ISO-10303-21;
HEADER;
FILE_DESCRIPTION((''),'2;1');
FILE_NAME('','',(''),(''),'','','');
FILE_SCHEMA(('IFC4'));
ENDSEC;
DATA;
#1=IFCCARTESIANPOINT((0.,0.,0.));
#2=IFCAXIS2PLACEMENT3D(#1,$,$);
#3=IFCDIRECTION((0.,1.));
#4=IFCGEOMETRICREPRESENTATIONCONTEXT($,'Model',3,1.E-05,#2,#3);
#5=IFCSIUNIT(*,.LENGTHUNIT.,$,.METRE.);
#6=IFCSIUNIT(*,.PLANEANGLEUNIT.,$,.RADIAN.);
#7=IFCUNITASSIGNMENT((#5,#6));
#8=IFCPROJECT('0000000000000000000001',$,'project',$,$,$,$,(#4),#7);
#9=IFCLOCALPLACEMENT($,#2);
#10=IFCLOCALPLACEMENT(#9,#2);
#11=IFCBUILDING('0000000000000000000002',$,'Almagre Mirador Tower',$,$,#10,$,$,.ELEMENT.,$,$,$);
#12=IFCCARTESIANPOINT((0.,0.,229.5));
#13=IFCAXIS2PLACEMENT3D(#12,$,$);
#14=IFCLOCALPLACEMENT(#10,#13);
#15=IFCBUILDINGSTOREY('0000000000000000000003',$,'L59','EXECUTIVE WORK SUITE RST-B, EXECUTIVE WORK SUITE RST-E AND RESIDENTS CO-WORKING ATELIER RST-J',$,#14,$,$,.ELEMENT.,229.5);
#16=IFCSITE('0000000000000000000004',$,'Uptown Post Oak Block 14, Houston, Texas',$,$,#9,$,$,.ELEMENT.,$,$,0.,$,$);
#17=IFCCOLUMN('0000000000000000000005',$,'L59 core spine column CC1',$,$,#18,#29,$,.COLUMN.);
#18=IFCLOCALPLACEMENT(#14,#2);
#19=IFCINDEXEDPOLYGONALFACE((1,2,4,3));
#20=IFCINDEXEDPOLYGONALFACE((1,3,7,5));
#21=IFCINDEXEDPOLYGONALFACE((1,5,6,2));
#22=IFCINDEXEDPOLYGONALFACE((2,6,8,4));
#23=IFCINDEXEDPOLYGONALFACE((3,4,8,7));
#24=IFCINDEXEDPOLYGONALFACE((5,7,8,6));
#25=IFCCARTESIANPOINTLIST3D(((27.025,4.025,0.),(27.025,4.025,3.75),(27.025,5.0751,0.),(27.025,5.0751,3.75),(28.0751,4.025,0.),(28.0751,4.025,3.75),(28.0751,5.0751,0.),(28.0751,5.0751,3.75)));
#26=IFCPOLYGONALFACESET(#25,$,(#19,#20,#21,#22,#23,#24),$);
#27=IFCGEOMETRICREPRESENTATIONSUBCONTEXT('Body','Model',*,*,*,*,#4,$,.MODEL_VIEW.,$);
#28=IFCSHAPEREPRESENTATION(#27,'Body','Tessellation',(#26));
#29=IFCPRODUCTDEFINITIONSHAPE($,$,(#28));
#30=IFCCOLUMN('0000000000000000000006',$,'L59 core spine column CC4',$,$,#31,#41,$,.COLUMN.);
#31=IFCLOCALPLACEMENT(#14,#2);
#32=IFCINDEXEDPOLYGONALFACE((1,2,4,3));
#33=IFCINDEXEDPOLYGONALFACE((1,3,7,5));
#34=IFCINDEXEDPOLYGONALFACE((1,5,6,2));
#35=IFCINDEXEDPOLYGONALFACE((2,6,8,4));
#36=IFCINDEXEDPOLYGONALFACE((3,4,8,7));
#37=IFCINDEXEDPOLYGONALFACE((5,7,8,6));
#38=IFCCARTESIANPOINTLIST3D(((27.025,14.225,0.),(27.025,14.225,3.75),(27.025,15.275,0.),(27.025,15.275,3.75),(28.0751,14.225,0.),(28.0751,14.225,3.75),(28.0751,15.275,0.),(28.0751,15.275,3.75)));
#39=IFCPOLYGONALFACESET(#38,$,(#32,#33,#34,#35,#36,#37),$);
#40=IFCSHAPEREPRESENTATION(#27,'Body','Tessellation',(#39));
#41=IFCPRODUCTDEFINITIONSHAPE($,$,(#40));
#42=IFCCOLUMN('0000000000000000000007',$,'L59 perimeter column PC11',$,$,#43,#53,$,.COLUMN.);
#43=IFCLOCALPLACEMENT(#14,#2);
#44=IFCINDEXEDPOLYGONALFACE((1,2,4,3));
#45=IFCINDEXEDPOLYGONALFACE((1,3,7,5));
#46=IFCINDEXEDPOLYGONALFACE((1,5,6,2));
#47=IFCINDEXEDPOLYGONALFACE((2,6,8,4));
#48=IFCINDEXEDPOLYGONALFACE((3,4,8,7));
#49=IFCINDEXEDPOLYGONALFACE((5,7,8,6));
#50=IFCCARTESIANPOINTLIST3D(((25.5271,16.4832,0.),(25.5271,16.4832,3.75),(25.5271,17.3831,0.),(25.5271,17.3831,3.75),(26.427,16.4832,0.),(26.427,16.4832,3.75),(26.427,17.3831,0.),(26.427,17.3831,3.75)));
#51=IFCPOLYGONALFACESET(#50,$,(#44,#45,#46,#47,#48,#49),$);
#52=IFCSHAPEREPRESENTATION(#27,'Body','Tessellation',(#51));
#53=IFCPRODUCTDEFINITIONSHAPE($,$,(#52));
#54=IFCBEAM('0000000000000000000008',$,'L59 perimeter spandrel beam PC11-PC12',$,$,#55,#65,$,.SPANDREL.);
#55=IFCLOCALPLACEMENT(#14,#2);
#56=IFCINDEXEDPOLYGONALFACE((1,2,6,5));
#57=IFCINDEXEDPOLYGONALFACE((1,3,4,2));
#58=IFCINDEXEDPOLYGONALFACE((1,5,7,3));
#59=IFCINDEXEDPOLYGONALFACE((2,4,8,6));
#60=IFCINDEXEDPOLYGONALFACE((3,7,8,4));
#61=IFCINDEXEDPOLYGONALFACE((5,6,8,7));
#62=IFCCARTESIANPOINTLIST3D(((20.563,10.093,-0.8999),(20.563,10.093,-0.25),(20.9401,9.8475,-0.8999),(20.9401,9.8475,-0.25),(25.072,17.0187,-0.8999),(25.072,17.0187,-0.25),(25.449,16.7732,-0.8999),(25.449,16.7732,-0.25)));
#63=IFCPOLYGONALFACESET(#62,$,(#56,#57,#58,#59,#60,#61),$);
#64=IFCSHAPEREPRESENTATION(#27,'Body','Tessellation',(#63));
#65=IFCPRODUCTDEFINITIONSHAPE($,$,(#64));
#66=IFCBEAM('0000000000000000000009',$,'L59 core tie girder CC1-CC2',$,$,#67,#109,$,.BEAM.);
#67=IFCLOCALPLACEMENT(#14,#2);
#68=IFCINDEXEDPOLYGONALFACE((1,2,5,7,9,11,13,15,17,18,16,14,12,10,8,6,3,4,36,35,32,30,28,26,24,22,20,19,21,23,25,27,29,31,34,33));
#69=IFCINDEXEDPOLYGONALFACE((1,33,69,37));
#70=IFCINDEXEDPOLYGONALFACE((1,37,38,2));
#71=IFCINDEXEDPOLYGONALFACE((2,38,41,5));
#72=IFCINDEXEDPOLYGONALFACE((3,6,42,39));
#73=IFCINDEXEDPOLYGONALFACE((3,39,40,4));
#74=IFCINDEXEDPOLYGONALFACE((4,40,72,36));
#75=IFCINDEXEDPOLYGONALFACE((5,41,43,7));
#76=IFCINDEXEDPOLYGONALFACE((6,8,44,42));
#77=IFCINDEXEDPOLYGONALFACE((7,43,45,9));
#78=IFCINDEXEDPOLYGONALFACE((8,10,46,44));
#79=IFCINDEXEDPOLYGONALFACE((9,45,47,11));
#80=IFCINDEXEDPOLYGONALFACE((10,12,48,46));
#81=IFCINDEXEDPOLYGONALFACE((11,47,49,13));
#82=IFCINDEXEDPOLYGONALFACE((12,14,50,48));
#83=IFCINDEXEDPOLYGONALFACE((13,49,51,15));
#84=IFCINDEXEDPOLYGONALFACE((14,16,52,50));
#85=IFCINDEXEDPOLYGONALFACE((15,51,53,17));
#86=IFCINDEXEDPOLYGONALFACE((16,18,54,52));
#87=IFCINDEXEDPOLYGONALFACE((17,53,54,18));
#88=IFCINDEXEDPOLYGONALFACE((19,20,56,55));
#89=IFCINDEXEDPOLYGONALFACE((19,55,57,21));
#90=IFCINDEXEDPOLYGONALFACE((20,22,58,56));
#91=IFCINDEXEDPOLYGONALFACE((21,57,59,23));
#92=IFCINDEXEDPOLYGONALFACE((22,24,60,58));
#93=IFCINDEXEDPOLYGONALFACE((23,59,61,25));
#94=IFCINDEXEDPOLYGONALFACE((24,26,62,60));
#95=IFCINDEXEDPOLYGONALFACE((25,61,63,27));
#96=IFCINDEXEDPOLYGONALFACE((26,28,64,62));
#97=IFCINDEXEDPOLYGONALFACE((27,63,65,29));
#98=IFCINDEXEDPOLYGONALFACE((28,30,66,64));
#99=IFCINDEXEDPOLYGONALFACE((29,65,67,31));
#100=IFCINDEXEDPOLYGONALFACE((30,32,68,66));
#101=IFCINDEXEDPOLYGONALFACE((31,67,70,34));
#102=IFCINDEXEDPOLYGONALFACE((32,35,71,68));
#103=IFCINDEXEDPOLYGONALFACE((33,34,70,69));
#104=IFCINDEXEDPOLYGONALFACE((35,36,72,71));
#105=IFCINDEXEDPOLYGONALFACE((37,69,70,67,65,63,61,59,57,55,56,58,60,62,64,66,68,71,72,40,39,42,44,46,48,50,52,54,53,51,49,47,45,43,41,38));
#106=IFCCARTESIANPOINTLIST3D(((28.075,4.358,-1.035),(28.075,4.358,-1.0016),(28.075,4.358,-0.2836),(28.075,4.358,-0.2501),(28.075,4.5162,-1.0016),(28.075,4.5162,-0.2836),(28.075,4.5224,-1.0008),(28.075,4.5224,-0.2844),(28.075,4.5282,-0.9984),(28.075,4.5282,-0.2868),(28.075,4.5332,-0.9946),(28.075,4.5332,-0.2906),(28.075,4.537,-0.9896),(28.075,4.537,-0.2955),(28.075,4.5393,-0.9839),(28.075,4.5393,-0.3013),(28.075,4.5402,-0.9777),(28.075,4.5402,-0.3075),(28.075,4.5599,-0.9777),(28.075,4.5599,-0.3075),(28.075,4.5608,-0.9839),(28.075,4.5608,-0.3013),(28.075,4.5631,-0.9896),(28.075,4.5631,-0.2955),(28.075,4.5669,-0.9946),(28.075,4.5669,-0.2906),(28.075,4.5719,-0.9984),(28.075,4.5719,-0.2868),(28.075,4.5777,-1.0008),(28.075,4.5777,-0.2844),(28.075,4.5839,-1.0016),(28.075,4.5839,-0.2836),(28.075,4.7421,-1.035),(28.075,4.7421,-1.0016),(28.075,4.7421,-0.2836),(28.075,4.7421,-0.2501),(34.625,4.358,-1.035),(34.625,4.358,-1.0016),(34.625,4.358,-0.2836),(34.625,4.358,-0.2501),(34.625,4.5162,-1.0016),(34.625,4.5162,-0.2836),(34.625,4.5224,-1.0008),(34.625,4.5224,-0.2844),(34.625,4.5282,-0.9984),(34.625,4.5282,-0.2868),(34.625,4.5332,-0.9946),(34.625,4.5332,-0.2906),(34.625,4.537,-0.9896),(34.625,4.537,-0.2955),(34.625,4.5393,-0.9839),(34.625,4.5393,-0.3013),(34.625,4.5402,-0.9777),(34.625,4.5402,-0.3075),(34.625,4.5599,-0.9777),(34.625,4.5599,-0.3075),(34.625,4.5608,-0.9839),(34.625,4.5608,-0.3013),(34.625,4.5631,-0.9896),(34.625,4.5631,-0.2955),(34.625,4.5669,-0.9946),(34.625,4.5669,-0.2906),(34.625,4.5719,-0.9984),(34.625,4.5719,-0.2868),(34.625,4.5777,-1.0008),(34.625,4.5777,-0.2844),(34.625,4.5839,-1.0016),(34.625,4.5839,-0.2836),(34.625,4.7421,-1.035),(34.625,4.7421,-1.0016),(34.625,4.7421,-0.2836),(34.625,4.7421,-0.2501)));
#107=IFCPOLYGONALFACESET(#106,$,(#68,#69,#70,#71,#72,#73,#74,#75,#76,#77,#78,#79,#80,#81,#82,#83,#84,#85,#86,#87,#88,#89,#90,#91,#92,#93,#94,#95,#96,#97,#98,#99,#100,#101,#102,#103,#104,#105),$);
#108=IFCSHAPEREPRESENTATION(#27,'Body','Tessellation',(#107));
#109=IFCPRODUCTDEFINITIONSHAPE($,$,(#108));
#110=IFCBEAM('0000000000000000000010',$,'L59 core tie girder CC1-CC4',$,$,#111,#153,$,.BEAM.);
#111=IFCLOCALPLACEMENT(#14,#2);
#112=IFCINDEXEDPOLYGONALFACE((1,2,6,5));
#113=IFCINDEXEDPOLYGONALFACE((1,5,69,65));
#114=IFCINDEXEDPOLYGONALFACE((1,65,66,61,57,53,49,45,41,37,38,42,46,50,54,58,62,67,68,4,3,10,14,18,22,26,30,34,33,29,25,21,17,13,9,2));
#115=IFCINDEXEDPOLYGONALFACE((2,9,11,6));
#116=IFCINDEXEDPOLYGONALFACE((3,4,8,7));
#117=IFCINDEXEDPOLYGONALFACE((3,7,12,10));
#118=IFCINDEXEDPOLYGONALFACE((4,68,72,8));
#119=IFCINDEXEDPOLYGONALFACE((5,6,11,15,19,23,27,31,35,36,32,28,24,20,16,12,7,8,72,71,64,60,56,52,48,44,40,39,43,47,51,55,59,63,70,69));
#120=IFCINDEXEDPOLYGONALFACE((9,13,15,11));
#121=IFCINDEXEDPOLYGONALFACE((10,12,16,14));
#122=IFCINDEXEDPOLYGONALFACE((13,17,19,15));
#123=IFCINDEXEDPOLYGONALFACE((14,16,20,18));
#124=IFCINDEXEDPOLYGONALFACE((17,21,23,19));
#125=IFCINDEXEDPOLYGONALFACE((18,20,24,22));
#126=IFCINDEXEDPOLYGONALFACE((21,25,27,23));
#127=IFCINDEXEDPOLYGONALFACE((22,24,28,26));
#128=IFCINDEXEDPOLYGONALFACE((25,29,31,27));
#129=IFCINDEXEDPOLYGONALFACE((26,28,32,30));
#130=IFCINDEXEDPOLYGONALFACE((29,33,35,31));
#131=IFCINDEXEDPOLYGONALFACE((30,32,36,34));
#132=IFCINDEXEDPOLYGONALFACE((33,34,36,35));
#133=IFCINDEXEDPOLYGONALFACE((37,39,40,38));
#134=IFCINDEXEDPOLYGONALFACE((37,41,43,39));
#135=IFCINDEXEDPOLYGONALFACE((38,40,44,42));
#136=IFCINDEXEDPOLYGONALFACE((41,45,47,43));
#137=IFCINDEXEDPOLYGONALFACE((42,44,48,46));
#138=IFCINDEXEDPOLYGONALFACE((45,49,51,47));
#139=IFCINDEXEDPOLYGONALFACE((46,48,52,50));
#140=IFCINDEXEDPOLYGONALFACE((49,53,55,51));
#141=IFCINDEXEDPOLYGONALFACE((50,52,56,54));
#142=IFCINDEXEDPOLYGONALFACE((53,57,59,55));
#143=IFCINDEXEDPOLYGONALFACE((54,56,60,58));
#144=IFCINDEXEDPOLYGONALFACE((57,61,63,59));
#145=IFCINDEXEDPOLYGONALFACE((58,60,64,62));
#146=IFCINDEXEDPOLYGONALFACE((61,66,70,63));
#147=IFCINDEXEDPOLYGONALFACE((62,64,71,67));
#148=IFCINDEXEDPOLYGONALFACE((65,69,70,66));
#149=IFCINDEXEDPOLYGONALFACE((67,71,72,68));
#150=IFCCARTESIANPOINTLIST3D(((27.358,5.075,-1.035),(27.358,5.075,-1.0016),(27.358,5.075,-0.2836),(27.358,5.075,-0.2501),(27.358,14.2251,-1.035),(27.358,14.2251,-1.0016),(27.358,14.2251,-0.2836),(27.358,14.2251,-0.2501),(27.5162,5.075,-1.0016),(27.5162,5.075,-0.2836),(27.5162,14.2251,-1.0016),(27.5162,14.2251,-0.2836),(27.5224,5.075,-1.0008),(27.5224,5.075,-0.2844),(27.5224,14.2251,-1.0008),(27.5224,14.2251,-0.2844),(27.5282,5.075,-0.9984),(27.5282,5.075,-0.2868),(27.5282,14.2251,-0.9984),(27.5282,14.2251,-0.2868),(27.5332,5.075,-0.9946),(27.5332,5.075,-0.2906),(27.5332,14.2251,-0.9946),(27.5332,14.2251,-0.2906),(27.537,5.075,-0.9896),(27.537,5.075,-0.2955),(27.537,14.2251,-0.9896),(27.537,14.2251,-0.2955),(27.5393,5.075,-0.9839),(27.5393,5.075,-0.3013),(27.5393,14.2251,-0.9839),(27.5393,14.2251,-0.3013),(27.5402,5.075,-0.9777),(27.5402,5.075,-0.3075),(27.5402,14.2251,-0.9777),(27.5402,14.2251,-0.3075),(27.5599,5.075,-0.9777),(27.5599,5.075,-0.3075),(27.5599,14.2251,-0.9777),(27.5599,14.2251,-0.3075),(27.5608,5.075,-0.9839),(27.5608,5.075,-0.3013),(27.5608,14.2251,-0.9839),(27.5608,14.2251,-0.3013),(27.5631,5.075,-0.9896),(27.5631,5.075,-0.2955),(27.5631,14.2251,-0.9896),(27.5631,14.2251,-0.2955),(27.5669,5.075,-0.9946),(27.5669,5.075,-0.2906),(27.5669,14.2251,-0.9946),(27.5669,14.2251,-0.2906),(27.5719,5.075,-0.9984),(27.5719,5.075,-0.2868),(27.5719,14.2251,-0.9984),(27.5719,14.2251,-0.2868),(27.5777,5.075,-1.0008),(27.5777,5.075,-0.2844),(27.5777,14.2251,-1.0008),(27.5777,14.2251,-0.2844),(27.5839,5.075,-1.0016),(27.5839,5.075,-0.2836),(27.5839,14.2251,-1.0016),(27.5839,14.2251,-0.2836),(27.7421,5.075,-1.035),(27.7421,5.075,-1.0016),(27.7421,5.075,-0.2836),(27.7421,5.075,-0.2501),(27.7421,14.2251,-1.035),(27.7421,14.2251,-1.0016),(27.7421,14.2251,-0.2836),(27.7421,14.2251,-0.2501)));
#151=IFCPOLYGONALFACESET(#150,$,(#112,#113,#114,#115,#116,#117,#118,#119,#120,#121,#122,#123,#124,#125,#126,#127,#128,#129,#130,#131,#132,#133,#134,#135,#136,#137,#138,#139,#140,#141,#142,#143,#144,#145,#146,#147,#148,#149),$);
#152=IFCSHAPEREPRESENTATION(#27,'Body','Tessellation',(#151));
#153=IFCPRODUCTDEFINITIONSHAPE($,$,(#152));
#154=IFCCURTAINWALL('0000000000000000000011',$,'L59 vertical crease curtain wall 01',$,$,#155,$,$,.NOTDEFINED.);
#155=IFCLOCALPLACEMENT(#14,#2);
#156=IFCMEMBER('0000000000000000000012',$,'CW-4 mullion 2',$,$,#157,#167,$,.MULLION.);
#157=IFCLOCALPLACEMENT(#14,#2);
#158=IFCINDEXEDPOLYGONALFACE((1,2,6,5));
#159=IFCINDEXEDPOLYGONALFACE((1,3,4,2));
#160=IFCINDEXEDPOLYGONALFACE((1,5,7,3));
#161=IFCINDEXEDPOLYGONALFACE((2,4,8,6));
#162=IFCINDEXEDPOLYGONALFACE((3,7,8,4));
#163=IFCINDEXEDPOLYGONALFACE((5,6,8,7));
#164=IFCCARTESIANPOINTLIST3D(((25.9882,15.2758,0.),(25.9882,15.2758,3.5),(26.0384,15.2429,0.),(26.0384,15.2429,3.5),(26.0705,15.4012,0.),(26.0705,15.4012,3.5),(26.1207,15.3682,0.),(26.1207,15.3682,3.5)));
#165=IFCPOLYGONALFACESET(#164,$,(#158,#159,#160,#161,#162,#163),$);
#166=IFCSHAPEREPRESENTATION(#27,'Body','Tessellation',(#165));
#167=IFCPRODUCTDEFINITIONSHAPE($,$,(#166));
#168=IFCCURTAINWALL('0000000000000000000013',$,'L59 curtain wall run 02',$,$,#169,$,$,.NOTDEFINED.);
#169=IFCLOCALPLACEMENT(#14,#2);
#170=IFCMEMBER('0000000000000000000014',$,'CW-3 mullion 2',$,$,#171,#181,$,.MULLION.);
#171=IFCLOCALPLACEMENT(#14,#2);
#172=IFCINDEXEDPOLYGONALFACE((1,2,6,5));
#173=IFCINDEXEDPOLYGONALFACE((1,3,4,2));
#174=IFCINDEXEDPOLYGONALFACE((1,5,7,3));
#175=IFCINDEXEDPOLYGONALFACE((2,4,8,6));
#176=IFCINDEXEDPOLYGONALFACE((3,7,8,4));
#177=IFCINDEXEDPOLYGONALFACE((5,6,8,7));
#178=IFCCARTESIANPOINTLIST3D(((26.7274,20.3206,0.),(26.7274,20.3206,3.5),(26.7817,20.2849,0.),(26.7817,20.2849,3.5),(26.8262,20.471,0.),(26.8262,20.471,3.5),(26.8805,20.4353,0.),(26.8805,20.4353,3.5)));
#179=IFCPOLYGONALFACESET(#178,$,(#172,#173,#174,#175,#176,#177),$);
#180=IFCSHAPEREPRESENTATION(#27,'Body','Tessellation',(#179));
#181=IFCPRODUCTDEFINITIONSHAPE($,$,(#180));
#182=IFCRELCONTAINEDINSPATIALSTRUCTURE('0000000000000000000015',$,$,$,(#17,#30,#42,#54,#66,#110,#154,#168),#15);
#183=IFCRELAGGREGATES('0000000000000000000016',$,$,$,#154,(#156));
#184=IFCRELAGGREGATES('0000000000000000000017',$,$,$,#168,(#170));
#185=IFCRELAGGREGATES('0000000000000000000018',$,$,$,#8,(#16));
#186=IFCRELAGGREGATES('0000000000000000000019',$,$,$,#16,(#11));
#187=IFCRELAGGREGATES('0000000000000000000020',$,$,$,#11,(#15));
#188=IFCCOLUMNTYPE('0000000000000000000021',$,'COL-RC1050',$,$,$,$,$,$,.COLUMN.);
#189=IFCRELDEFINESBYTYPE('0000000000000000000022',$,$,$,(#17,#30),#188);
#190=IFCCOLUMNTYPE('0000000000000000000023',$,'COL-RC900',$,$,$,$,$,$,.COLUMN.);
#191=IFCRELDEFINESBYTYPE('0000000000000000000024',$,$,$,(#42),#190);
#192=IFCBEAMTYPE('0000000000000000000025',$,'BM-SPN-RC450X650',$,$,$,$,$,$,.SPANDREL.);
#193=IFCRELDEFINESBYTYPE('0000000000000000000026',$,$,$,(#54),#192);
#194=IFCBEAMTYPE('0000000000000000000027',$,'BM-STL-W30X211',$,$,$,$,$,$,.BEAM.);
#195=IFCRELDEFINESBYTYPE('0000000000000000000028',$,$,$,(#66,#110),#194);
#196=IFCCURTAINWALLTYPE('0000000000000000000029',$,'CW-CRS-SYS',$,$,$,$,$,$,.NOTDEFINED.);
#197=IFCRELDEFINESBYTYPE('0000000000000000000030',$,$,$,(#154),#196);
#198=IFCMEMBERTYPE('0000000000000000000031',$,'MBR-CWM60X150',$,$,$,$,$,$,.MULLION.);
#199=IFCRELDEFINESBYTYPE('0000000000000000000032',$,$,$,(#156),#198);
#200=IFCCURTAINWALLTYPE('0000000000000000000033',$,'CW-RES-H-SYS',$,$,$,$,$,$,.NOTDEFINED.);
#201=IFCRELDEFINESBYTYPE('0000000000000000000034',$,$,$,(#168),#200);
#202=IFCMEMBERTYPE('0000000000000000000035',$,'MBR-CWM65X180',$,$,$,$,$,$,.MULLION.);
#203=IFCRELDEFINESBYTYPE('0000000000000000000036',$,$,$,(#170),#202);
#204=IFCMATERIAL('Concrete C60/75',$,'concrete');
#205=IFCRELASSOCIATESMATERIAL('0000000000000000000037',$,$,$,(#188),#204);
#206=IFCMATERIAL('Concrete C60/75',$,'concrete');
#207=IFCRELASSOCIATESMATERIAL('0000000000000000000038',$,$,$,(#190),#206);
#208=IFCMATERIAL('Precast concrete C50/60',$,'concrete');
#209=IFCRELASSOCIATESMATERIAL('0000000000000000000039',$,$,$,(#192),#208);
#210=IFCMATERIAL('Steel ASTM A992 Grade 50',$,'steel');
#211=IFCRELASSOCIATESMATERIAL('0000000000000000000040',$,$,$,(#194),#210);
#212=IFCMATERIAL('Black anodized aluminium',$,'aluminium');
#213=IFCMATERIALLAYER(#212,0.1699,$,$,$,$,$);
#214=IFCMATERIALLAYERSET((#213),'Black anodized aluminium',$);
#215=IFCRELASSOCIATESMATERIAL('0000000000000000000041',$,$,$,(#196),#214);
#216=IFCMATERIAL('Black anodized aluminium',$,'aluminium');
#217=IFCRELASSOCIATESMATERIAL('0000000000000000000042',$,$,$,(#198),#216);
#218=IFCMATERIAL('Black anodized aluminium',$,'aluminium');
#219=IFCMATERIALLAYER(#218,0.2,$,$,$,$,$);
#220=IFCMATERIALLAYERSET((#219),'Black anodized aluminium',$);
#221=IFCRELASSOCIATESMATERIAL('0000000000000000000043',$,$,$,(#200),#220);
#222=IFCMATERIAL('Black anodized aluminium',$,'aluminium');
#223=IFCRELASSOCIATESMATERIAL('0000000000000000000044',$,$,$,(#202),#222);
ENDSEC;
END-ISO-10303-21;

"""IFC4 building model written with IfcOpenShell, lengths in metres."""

from ifc_helpers import new_model, si_unit, direction, frame, origin, origin_2d, place, context, subcontext, project, spatial, rectangle, i_section, extrude, material, layer, layer_set, material_profile, profile_set, type_object, element, aggregate, save


model = new_model("IFC4")

# Units and contexts
model_context = context("Model", 3, precision=1e-05, world=origin(), true_north=direction((0.0, 1.0)))
body_context = subcontext(model_context, "Body", "Model", "MODEL_VIEW")
ifc_project = project(units=[si_unit("LENGTHUNIT", "METRE"), si_unit("PLANEANGLEUNIT", "RADIAN")], contexts=[model_context])

# Site, building, storey
site_placement = place(None, origin())
site = spatial("IfcSite", under=ifc_project, at=site_placement, Name="Uptown Post Oak Block 14, Houston, Texas", CompositionType="ELEMENT", RefElevation=0.0)
building_placement = place(site_placement, origin())
building = spatial("IfcBuilding", under=site, at=building_placement, Name="Almagre Mirador Tower", CompositionType="ELEMENT")
storey_placement = place(building_placement, frame((0.0, 0.0, 229.5)))
storey = spatial("IfcBuildingStorey", under=building, at=storey_placement, Name="L59", Description="EXECUTIVE WORK SUITE RST-B, EXECUTIVE WORK SUITE RST-E AND RESIDENTS CO-WORKING ATELIER RST-J", CompositionType="ELEMENT", Elevation=229.5)

# Columns
ifc_material_1 = material(Name="Concrete C60/75", Category="concrete")
ifc_material_profile_1 = material_profile(ifc_material_1, rectangle(XDim=1.05, YDim=1.05, at=origin_2d()), Name="RC1050X1050")
ifc_profile_set_1 = profile_set([ifc_material_profile_1], Name="Concrete C60/75")
column_type_1 = type_object("IfcColumnType", Name="COL-RC1050", PredefinedType="COLUMN", material=ifc_profile_set_1)
for number, where, z_axis, x_axis, name in (
    (1, (27.55, 4.55, 0.0), (0.0, 0.0, 1.0), (1.0, 0.0, 0.0), "L59 core spine column CC1"),
    (2, (27.55, 14.75, 0.0), (0.0, 0.0, 1.0), (1.0, 0.0, 0.0), "L59 core spine column CC4"),
):
    element("IfcColumn", number, at=place(storey_placement, frame(where, z_axis=z_axis, x_axis=x_axis)), inside=storey, type_object=column_type_1, Name=name, PredefinedType="COLUMN", context=body_context, shape_type="SweptSolid", body=[
        extrude(rectangle(XDim=1.05, YDim=1.05, at=origin_2d()), origin(), (0.0, 0.0, 1.0), 3.75),
    ])
ifc_material_2 = material(Name="Concrete C60/75", Category="concrete")
ifc_material_profile_2 = material_profile(ifc_material_2, rectangle(XDim=0.8999, YDim=0.8999, at=origin_2d()), Name="RC900X900")
ifc_profile_set_2 = profile_set([ifc_material_profile_2], Name="Concrete C60/75")
column_type_2 = type_object("IfcColumnType", Name="COL-RC900", PredefinedType="COLUMN", material=ifc_profile_set_2)
column_placement = place(storey_placement, frame((25.9771, 16.9331, 0.0), z_axis=(0.0, 0.0, 1.0), x_axis=(1.0, 0.0, 0.0)))
element("IfcColumn", 3, at=column_placement, inside=storey, type_object=column_type_2, Name="L59 perimeter column PC11", PredefinedType="COLUMN", context=body_context, shape_type="SweptSolid", body=[
    extrude(rectangle(XDim=0.8999, YDim=0.8999, at=origin_2d()), origin(), (0.0, 0.0, 1.0), 3.75),
])

# Beams
ifc_material_3 = material(Name="Precast concrete C50/60", Category="concrete")
ifc_material_profile_3 = material_profile(ifc_material_3, rectangle(XDim=0.45, YDim=0.6499, at=origin_2d()), Name="RC450X650")
ifc_profile_set_3 = profile_set([ifc_material_profile_3], Name="Precast concrete C50/60")
beam_type_1 = type_object("IfcBeamType", Name="BM-SPN-RC450X650", PredefinedType="SPANDREL", material=ifc_profile_set_3)
beam_1_placement = place(storey_placement, frame((25.2605, 16.896, -0.575), z_axis=(-0.545607, -0.838041, 0.0), x_axis=(0.838041, -0.545607, 0.0)))
element("IfcBeam", 4, at=beam_1_placement, inside=storey, type_object=beam_type_1, Name="L59 perimeter spandrel beam PC11-PC12", PredefinedType="SPANDREL", context=body_context, shape_type="SweptSolid", body=[
    extrude(rectangle(XDim=0.45, YDim=0.6499, at=origin_2d()), origin(), (0.0, 0.0, 1.0), 8.2642),
])
ifc_material_4 = material(Name="Steel ASTM A992 Grade 50", Category="steel")
ifc_material_profile_4 = material_profile(ifc_material_4, i_section(OverallWidth=0.384, OverallDepth=0.7849, WebThickness=0.0198, FlangeThickness=0.0334, FilletRadius=0.0239, at=origin_2d()), Name="W30X211")
ifc_profile_set_4 = profile_set([ifc_material_profile_4], Name="Steel ASTM A992 Grade 50")
beam_type_2 = type_object("IfcBeamType", Name="BM-STL-W30X211", PredefinedType="BEAM", material=ifc_profile_set_4)
beam_2_placement = place(storey_placement, frame((28.075, 4.55, -0.6426), z_axis=(1.0, 0.0, 0.0), x_axis=(0.0, 1.0, 0.0)))
element("IfcBeam", 5, at=beam_2_placement, inside=storey, type_object=beam_type_2, Name="L59 core tie girder CC1-CC2", PredefinedType="BEAM", context=body_context, shape_type="SweptSolid", body=[
    extrude(i_section(OverallWidth=0.384, OverallDepth=0.7849, WebThickness=0.0198, FlangeThickness=0.0334, FilletRadius=0.0239, at=origin_2d()), origin(), (0.0, 0.0, 1.0), 6.55),
])
beam_3_placement = place(storey_placement, frame((27.55, 5.075, -0.6426), z_axis=(0.0, 1.0, 0.0), x_axis=(-1.0, 0.0, 0.0)))
element("IfcBeam", 6, at=beam_3_placement, inside=storey, type_object=beam_type_2, Name="L59 core tie girder CC1-CC4", PredefinedType="BEAM", context=body_context, shape_type="SweptSolid", body=[
    extrude(i_section(OverallWidth=0.384, OverallDepth=0.7849, WebThickness=0.0198, FlangeThickness=0.0334, FilletRadius=0.0239, at=origin_2d()), origin(), (0.0, 0.0, 1.0), 9.1501),
])

# Curtain walls, members
ifc_material_5 = material(Name="Black anodized aluminium", Category="aluminium")
ifc_layer_1 = layer(ifc_material_5, 0.1699)
ifc_layer_set_1 = layer_set([ifc_layer_1], Name="Black anodized aluminium")
curtain_wall_type_1 = type_object("IfcCurtainWallType", Name="CW-CRS-SYS", PredefinedType="NOTDEFINED", material=ifc_layer_set_1)
curtain_wall_1_placement = place(storey_placement, origin())
curtain_wall_1 = element("IfcCurtainWall", 7, at=curtain_wall_1_placement, inside=storey, type_object=curtain_wall_type_1, Name="L59 vertical crease curtain wall 01", PredefinedType="NOTDEFINED")
ifc_material_6 = material(Name="Black anodized aluminium", Category="aluminium")
ifc_material_profile_5 = material_profile(ifc_material_6, rectangle(XDim=0.0601, YDim=0.1499, at=origin_2d()), Name="CWM60X150")
ifc_profile_set_5 = profile_set([ifc_material_profile_5], Name="Black anodized aluminium")
member_type_1 = type_object("IfcMemberType", Name="MBR-CWM60X150", PredefinedType="MULLION", material=ifc_profile_set_5)
member_1_placement = place(storey_placement, frame((26.0544, 15.322, 0.0), z_axis=(0.0, 0.0, 1.0), x_axis=(-0.835931, 0.548834, 0.0)))
member_1 = element("IfcMember", 8, at=member_1_placement, type_object=member_type_1, Name="CW-4 mullion 2", PredefinedType="MULLION", context=body_context, shape_type="SweptSolid", body=[
    extrude(rectangle(XDim=0.0601, YDim=0.1499, at=origin_2d()), origin(), (0.0, 0.0, 1.0), 3.5),
])
ifc_material_7 = material(Name="Black anodized aluminium", Category="aluminium")
ifc_layer_2 = layer(ifc_material_7, 0.2)
ifc_layer_set_2 = layer_set([ifc_layer_2], Name="Black anodized aluminium")
curtain_wall_type_2 = type_object("IfcCurtainWallType", Name="CW-RES-H-SYS", PredefinedType="NOTDEFINED", material=ifc_layer_set_2)
curtain_wall_2_placement = place(storey_placement, origin())
curtain_wall_2 = element("IfcCurtainWall", 9, at=curtain_wall_2_placement, inside=storey, type_object=curtain_wall_type_2, Name="L59 curtain wall run 02", PredefinedType="NOTDEFINED")
ifc_material_8 = material(Name="Black anodized aluminium", Category="aluminium")
ifc_material_profile_6 = material_profile(ifc_material_8, rectangle(XDim=0.0649, YDim=0.1799, at=origin_2d()), Name="CWM65X180")
ifc_profile_set_6 = profile_set([ifc_material_profile_6], Name="Black anodized aluminium")
member_type_2 = type_object("IfcMemberType", Name="MBR-CWM65X180", PredefinedType="MULLION", material=ifc_profile_set_6)
member_2_placement = place(storey_placement, frame((26.804, 20.3779, 0.0), z_axis=(0.0, 0.0, 1.0), x_axis=(-0.835791, 0.549047, 0.0)))
member_2 = element("IfcMember", 10, at=member_2_placement, type_object=member_type_2, Name="CW-3 mullion 2", PredefinedType="MULLION", context=body_context, shape_type="SweptSolid", body=[
    extrude(rectangle(XDim=0.0649, YDim=0.1799, at=origin_2d()), origin(), (0.0, 0.0, 1.0), 3.5),
])

aggregate(curtain_wall_1, [member_1])
aggregate(curtain_wall_2, [member_2])

save(model, "model.ifc")
